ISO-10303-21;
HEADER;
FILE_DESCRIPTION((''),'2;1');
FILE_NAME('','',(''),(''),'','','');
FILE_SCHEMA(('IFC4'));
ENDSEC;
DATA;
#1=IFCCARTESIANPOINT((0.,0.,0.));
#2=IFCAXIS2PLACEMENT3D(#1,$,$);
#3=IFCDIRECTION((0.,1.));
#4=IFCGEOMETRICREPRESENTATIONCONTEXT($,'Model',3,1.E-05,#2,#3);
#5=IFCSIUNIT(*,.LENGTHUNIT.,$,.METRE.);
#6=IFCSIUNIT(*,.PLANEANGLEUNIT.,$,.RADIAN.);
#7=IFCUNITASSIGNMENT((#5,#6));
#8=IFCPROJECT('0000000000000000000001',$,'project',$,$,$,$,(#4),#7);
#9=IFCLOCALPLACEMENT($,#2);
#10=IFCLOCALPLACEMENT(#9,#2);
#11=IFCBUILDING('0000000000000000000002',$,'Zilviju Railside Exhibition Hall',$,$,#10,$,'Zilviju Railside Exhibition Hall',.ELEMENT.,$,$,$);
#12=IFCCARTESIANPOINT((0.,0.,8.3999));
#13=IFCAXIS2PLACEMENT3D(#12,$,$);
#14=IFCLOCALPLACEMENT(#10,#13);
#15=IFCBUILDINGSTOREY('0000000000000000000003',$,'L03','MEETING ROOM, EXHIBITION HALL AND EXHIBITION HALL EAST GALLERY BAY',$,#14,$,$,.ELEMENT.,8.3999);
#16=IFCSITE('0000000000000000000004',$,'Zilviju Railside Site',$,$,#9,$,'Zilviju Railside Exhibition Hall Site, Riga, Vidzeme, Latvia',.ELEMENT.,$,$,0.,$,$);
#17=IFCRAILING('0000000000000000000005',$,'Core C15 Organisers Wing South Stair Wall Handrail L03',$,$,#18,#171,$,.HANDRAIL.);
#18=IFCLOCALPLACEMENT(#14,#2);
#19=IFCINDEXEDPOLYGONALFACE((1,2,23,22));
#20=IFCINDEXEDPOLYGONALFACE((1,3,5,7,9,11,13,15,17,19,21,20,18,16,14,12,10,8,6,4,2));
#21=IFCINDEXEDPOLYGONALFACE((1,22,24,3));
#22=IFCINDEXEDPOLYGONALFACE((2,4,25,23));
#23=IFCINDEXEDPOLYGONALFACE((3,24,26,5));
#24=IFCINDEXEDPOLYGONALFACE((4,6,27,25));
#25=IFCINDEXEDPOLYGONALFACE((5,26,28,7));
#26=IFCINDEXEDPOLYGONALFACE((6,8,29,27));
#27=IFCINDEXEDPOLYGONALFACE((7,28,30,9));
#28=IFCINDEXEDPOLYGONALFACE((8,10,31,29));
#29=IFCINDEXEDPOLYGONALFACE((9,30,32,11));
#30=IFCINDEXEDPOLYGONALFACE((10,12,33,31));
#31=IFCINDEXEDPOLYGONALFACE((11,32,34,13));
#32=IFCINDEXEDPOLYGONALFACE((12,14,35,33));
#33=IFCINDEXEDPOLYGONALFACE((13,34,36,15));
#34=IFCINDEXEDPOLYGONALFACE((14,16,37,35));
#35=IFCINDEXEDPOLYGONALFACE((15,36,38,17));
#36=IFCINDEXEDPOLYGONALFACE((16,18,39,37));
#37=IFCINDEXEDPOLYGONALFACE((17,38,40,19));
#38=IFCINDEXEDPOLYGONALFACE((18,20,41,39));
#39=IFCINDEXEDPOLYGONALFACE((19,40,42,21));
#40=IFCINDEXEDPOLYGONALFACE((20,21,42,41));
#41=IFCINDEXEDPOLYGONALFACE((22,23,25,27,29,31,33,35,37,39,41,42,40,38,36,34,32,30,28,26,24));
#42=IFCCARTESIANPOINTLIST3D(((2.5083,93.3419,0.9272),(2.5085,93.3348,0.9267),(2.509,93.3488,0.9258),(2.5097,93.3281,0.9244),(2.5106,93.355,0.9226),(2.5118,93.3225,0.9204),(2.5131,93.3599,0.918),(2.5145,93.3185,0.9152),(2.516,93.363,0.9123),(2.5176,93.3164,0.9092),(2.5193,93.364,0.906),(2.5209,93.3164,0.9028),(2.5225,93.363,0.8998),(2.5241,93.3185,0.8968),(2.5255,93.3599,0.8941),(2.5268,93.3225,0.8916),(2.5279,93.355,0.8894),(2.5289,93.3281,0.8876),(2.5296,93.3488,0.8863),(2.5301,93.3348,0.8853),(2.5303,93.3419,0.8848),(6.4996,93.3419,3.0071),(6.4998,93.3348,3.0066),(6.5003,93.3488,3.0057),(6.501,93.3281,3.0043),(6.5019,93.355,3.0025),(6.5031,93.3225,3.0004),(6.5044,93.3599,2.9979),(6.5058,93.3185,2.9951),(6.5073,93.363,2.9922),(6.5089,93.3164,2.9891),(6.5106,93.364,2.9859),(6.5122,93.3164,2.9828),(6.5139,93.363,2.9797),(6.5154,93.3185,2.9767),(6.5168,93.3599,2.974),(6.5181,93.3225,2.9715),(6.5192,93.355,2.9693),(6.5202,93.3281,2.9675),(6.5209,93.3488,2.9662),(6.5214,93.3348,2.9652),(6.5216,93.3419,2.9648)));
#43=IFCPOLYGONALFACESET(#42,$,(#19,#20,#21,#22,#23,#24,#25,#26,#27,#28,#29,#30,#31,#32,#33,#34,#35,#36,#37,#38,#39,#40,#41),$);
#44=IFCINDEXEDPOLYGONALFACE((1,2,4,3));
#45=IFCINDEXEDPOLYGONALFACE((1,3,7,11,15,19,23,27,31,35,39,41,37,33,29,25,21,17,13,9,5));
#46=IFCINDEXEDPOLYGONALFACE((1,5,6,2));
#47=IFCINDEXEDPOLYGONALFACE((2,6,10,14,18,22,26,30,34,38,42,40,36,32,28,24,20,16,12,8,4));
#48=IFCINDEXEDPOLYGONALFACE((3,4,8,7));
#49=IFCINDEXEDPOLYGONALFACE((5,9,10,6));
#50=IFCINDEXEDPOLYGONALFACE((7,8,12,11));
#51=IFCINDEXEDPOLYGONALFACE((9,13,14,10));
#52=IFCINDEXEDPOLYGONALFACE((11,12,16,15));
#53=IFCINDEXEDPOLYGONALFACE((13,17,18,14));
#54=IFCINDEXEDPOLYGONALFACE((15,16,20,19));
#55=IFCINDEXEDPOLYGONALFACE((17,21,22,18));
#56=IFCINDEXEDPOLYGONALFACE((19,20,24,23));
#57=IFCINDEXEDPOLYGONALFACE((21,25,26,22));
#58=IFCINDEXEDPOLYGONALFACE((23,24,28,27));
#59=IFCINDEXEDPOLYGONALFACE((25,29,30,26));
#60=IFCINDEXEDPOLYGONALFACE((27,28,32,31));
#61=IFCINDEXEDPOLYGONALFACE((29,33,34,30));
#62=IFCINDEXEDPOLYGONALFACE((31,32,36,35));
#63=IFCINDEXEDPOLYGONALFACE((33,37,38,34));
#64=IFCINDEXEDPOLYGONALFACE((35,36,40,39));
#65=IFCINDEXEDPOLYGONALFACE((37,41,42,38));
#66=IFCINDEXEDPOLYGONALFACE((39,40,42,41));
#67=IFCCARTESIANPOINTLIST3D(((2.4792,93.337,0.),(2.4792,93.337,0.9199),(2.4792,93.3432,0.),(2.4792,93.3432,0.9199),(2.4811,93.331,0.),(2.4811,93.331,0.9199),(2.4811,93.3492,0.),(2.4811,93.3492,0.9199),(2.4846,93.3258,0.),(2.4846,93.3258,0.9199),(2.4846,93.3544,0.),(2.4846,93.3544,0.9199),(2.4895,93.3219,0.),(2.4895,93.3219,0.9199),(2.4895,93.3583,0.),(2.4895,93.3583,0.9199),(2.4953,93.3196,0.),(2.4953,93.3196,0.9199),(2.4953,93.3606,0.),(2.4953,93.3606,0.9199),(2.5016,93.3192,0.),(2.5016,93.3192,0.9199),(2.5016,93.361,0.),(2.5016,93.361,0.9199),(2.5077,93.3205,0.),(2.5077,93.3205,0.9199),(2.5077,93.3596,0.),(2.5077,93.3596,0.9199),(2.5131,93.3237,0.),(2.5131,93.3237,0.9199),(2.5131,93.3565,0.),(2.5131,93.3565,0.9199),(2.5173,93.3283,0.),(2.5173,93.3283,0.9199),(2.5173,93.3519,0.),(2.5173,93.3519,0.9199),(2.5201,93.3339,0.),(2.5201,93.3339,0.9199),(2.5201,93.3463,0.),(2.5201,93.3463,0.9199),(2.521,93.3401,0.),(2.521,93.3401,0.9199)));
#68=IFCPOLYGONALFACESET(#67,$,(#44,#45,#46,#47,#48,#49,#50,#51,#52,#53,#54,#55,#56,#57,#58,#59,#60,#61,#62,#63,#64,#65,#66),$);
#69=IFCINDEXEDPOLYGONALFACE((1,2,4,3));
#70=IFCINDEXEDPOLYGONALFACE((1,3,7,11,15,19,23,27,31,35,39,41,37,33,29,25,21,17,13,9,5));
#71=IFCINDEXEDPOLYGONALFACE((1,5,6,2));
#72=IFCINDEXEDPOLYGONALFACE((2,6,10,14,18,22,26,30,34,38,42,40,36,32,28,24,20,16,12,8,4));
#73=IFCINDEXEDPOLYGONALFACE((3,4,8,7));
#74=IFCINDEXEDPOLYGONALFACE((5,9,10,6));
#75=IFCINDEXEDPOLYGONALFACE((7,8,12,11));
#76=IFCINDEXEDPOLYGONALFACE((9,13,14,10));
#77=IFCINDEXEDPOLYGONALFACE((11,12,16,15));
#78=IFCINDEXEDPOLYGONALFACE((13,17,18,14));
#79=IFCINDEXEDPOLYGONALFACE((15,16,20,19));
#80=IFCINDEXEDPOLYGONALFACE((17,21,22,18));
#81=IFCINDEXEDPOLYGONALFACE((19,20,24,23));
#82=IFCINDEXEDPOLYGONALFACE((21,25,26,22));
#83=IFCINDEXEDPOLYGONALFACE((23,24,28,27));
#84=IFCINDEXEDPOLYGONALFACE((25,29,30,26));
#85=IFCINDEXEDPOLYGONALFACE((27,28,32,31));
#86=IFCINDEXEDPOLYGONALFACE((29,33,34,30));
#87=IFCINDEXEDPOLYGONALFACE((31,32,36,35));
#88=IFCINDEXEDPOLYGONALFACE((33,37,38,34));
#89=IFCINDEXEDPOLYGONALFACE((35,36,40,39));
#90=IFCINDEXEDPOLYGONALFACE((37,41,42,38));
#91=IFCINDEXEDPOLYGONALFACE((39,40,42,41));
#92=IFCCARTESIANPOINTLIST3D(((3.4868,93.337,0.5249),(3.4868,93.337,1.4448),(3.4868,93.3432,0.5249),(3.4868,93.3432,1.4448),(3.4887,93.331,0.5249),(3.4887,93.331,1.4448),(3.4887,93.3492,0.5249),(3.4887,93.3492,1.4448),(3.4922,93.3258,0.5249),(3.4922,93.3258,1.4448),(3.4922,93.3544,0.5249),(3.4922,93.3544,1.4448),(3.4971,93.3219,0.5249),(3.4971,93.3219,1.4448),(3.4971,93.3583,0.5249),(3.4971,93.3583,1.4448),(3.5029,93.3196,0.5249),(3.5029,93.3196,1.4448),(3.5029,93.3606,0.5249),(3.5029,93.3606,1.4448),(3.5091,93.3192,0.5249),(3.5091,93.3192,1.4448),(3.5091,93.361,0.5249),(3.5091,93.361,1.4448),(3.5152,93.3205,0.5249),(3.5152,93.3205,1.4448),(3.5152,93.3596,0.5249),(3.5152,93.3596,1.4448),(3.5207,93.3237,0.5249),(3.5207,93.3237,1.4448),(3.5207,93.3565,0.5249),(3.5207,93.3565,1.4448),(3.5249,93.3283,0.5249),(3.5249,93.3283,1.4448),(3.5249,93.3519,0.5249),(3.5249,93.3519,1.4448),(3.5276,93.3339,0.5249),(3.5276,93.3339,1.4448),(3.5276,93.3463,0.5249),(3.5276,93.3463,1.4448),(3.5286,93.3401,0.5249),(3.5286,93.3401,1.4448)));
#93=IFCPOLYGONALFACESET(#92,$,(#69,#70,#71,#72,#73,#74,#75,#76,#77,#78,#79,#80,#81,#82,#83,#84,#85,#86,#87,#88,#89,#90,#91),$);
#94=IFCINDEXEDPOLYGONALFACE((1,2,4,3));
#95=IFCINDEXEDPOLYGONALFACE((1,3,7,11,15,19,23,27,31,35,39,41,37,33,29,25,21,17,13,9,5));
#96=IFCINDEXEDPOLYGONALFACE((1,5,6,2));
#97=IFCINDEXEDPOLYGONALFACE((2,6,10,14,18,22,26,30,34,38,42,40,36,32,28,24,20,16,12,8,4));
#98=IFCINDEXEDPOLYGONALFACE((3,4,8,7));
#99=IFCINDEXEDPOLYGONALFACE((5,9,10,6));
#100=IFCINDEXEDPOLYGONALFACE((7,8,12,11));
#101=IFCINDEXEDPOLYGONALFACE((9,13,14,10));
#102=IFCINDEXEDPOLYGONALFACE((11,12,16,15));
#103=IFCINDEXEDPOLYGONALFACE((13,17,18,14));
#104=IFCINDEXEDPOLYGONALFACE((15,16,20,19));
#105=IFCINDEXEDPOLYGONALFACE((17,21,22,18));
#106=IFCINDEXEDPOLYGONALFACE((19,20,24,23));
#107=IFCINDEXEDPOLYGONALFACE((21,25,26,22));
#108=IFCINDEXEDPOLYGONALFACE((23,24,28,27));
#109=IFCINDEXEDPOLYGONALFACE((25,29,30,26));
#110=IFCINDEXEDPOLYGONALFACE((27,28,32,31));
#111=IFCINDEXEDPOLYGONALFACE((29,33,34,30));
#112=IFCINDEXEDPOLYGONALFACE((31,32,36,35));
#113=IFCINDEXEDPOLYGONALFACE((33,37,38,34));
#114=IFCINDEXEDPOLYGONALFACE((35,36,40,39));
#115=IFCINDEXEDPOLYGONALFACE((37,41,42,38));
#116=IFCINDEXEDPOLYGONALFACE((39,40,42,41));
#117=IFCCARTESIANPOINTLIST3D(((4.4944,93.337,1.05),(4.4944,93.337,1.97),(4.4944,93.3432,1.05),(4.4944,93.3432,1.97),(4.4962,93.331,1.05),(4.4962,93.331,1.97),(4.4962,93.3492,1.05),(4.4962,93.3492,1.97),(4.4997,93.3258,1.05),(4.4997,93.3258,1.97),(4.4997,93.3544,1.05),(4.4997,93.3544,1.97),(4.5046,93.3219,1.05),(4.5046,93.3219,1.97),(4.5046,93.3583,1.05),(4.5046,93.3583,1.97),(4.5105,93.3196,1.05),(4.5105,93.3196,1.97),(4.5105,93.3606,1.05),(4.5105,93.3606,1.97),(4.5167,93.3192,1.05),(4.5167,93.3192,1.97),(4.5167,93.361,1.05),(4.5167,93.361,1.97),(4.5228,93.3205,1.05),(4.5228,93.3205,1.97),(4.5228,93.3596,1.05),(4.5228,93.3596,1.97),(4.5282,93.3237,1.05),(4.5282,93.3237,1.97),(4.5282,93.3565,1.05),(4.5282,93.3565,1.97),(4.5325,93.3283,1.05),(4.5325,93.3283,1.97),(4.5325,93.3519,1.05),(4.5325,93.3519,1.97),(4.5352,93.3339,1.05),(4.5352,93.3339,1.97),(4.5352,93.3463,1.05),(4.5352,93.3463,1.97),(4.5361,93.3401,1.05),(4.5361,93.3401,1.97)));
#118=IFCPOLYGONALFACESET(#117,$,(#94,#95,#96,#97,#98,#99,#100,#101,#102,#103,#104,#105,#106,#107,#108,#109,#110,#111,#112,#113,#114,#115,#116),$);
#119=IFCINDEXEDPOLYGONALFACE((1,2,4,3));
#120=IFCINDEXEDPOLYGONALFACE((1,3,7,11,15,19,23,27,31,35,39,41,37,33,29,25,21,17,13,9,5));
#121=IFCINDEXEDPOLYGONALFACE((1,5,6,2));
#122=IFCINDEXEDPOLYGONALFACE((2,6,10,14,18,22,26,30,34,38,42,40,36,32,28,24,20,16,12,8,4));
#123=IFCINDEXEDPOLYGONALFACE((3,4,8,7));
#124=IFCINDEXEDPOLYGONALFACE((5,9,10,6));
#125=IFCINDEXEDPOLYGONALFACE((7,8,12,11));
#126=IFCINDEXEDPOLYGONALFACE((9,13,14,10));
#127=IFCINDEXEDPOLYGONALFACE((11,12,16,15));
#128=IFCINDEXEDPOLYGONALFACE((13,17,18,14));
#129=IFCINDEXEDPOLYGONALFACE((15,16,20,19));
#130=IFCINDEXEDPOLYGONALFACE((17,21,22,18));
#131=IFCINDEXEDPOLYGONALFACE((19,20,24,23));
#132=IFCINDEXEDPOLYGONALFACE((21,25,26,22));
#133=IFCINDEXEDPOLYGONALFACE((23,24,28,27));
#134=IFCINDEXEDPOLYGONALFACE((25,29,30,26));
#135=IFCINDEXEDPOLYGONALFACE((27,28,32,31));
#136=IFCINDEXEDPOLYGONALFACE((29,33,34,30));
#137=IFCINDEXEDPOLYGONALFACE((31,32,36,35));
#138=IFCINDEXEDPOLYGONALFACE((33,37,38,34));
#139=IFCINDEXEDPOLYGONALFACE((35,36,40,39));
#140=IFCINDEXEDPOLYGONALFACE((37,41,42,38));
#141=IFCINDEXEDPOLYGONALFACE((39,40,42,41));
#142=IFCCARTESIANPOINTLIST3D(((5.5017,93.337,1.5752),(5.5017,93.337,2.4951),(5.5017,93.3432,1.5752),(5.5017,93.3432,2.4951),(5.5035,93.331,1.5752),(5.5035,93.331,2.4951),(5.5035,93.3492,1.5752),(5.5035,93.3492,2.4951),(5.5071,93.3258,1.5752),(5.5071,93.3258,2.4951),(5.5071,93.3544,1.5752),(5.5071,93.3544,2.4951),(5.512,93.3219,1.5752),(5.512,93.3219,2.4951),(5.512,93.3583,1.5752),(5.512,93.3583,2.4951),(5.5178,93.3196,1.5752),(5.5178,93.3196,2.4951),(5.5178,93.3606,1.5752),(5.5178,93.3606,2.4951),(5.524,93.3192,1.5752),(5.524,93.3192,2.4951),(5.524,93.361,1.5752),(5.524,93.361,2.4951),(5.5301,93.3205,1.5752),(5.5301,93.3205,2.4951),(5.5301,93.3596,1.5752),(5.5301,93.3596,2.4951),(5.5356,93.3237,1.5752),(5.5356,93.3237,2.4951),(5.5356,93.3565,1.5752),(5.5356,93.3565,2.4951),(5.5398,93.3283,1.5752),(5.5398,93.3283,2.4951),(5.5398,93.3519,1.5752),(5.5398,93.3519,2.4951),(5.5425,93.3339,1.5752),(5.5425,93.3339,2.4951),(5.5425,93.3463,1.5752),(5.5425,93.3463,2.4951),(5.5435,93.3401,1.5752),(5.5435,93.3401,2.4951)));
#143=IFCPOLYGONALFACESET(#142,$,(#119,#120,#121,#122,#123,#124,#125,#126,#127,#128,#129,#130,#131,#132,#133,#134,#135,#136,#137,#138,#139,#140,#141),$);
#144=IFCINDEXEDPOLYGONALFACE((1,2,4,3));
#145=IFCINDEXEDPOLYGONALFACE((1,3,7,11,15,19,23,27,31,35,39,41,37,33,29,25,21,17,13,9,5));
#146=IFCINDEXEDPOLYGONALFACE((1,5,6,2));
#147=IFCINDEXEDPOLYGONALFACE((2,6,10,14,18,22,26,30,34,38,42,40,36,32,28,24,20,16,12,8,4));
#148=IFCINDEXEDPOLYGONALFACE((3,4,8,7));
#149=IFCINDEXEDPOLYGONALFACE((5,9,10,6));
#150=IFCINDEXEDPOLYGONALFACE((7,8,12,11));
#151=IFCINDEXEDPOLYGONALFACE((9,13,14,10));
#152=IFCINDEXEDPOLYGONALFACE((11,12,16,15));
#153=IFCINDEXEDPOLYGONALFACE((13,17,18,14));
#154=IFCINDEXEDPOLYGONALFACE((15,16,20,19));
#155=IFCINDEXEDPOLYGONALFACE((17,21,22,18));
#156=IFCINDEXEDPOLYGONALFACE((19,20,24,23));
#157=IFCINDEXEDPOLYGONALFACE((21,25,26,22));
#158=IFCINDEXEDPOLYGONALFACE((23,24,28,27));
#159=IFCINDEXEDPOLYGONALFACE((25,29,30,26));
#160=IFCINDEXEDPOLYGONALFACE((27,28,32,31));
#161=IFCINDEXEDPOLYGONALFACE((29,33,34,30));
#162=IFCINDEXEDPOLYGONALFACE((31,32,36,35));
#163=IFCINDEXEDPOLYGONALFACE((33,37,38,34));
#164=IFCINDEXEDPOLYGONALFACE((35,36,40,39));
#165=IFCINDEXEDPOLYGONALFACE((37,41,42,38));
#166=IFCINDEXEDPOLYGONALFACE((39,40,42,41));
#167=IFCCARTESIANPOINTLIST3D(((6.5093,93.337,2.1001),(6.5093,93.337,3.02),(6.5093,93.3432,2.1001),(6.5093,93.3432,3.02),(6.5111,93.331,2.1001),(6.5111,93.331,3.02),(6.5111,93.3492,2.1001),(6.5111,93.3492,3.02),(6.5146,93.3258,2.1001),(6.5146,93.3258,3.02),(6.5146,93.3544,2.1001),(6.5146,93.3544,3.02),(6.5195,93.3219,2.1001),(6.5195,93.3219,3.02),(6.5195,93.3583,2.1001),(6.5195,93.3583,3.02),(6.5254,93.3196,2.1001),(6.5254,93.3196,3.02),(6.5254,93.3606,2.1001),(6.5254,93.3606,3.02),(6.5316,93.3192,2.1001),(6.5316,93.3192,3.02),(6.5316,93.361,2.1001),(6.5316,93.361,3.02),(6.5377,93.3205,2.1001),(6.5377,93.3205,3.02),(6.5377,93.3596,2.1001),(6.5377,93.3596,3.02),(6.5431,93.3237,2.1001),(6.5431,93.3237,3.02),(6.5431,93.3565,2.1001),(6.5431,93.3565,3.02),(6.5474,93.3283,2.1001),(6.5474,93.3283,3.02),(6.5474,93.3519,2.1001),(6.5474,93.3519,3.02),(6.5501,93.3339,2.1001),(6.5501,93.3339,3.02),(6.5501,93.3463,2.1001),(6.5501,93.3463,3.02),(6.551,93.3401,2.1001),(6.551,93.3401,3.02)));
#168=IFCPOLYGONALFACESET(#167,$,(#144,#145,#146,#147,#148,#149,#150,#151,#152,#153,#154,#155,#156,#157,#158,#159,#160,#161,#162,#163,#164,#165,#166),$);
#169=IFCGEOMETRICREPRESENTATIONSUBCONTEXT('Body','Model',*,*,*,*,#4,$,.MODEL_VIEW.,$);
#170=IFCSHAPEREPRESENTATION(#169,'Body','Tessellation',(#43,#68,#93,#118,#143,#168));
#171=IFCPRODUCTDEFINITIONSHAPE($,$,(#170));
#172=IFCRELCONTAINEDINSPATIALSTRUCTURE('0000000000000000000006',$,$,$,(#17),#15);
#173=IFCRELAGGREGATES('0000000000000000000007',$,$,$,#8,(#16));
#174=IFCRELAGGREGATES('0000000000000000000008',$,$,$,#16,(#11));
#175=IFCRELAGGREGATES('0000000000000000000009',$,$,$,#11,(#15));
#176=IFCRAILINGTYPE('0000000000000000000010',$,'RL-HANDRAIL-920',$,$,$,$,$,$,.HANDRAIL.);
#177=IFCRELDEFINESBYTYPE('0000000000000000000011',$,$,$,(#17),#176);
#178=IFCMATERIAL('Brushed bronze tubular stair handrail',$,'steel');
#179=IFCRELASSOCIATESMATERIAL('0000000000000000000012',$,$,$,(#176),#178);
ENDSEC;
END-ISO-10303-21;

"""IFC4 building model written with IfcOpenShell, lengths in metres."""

from ifc_helpers import new_model, si_unit, direction, frame, origin, origin_2d, place, context, subcontext, project, spatial, circle, extrude, material, type_object, element, save


model = new_model("IFC4")

# Units and contexts
model_context = context("Model", 3, precision=1e-05, world=origin(), true_north=direction((0.0, 1.0)))
body_context = subcontext(model_context, "Body", "Model", "MODEL_VIEW")
ifc_project = project(units=[si_unit("LENGTHUNIT", "METRE"), si_unit("PLANEANGLEUNIT", "RADIAN")], contexts=[model_context])

# Site, building, storey
site_placement = place(None, origin())
site = spatial("IfcSite", under=ifc_project, at=site_placement, Name="Zilviju Railside Site", LongName="Zilviju Railside Exhibition Hall Site, Riga, Vidzeme, Latvia", CompositionType="ELEMENT", RefElevation=0.0)
building_placement = place(site_placement, origin())
building = spatial("IfcBuilding", under=site, at=building_placement, Name="Zilviju Railside Exhibition Hall", LongName="Zilviju Railside Exhibition Hall", CompositionType="ELEMENT")
storey_placement = place(building_placement, frame((0.0, 0.0, 8.3999)))
storey = spatial("IfcBuildingStorey", under=building, at=storey_placement, Name="L03", Description="MEETING ROOM, EXHIBITION HALL AND EXHIBITION HALL EAST GALLERY BAY", CompositionType="ELEMENT", Elevation=8.3999)

# Railing
ifc_material_1 = material(Name="Brushed bronze tubular stair handrail", Category="steel")
railing_type_1 = type_object("IfcRailingType", Name="RL-HANDRAIL-920", PredefinedType="HANDRAIL", material=ifc_material_1)
railing_1_placement = place(storey_placement, frame((2.5, 93.3401, 0.0)))
element("IfcRailing", 1, at=railing_1_placement, inside=storey, type_object=railing_type_1, Name="Core C15 Organisers Wing South Stair Wall Handrail L03", PredefinedType="HANDRAIL", context=body_context, shape_type="SweptSolid", body=[
    extrude(circle(Radius=0.0239, at=origin_2d()), frame((0.0193, 0.0, 0.906), z_axis=(0.886813, 0.0, 0.462129), x_axis=(0.0, 1.0, 0.0)), (0.0, 0.0, 1.0), 4.5007),
    extrude(circle(Radius=0.021, at=origin_2d()), origin(), (0.0, 0.0, 1.0), 0.9199),
    extrude(circle(Radius=0.021, at=origin_2d()), frame((1.0076, 0.0, 0.5249)), (0.0, 0.0, 1.0), 0.9199),
    extrude(circle(Radius=0.021, at=origin_2d()), frame((2.0151, 0.0, 1.05)), (0.0, 0.0, 1.0), 0.9199),
    extrude(circle(Radius=0.021, at=origin_2d()), frame((3.0225, 0.0, 1.5752)), (0.0, 0.0, 1.0), 0.9199),
    extrude(circle(Radius=0.021, at=origin_2d()), frame((4.03, 0.0, 2.1001)), (0.0, 0.0, 1.0), 0.9199),
])

save(model, "model.ifc")
